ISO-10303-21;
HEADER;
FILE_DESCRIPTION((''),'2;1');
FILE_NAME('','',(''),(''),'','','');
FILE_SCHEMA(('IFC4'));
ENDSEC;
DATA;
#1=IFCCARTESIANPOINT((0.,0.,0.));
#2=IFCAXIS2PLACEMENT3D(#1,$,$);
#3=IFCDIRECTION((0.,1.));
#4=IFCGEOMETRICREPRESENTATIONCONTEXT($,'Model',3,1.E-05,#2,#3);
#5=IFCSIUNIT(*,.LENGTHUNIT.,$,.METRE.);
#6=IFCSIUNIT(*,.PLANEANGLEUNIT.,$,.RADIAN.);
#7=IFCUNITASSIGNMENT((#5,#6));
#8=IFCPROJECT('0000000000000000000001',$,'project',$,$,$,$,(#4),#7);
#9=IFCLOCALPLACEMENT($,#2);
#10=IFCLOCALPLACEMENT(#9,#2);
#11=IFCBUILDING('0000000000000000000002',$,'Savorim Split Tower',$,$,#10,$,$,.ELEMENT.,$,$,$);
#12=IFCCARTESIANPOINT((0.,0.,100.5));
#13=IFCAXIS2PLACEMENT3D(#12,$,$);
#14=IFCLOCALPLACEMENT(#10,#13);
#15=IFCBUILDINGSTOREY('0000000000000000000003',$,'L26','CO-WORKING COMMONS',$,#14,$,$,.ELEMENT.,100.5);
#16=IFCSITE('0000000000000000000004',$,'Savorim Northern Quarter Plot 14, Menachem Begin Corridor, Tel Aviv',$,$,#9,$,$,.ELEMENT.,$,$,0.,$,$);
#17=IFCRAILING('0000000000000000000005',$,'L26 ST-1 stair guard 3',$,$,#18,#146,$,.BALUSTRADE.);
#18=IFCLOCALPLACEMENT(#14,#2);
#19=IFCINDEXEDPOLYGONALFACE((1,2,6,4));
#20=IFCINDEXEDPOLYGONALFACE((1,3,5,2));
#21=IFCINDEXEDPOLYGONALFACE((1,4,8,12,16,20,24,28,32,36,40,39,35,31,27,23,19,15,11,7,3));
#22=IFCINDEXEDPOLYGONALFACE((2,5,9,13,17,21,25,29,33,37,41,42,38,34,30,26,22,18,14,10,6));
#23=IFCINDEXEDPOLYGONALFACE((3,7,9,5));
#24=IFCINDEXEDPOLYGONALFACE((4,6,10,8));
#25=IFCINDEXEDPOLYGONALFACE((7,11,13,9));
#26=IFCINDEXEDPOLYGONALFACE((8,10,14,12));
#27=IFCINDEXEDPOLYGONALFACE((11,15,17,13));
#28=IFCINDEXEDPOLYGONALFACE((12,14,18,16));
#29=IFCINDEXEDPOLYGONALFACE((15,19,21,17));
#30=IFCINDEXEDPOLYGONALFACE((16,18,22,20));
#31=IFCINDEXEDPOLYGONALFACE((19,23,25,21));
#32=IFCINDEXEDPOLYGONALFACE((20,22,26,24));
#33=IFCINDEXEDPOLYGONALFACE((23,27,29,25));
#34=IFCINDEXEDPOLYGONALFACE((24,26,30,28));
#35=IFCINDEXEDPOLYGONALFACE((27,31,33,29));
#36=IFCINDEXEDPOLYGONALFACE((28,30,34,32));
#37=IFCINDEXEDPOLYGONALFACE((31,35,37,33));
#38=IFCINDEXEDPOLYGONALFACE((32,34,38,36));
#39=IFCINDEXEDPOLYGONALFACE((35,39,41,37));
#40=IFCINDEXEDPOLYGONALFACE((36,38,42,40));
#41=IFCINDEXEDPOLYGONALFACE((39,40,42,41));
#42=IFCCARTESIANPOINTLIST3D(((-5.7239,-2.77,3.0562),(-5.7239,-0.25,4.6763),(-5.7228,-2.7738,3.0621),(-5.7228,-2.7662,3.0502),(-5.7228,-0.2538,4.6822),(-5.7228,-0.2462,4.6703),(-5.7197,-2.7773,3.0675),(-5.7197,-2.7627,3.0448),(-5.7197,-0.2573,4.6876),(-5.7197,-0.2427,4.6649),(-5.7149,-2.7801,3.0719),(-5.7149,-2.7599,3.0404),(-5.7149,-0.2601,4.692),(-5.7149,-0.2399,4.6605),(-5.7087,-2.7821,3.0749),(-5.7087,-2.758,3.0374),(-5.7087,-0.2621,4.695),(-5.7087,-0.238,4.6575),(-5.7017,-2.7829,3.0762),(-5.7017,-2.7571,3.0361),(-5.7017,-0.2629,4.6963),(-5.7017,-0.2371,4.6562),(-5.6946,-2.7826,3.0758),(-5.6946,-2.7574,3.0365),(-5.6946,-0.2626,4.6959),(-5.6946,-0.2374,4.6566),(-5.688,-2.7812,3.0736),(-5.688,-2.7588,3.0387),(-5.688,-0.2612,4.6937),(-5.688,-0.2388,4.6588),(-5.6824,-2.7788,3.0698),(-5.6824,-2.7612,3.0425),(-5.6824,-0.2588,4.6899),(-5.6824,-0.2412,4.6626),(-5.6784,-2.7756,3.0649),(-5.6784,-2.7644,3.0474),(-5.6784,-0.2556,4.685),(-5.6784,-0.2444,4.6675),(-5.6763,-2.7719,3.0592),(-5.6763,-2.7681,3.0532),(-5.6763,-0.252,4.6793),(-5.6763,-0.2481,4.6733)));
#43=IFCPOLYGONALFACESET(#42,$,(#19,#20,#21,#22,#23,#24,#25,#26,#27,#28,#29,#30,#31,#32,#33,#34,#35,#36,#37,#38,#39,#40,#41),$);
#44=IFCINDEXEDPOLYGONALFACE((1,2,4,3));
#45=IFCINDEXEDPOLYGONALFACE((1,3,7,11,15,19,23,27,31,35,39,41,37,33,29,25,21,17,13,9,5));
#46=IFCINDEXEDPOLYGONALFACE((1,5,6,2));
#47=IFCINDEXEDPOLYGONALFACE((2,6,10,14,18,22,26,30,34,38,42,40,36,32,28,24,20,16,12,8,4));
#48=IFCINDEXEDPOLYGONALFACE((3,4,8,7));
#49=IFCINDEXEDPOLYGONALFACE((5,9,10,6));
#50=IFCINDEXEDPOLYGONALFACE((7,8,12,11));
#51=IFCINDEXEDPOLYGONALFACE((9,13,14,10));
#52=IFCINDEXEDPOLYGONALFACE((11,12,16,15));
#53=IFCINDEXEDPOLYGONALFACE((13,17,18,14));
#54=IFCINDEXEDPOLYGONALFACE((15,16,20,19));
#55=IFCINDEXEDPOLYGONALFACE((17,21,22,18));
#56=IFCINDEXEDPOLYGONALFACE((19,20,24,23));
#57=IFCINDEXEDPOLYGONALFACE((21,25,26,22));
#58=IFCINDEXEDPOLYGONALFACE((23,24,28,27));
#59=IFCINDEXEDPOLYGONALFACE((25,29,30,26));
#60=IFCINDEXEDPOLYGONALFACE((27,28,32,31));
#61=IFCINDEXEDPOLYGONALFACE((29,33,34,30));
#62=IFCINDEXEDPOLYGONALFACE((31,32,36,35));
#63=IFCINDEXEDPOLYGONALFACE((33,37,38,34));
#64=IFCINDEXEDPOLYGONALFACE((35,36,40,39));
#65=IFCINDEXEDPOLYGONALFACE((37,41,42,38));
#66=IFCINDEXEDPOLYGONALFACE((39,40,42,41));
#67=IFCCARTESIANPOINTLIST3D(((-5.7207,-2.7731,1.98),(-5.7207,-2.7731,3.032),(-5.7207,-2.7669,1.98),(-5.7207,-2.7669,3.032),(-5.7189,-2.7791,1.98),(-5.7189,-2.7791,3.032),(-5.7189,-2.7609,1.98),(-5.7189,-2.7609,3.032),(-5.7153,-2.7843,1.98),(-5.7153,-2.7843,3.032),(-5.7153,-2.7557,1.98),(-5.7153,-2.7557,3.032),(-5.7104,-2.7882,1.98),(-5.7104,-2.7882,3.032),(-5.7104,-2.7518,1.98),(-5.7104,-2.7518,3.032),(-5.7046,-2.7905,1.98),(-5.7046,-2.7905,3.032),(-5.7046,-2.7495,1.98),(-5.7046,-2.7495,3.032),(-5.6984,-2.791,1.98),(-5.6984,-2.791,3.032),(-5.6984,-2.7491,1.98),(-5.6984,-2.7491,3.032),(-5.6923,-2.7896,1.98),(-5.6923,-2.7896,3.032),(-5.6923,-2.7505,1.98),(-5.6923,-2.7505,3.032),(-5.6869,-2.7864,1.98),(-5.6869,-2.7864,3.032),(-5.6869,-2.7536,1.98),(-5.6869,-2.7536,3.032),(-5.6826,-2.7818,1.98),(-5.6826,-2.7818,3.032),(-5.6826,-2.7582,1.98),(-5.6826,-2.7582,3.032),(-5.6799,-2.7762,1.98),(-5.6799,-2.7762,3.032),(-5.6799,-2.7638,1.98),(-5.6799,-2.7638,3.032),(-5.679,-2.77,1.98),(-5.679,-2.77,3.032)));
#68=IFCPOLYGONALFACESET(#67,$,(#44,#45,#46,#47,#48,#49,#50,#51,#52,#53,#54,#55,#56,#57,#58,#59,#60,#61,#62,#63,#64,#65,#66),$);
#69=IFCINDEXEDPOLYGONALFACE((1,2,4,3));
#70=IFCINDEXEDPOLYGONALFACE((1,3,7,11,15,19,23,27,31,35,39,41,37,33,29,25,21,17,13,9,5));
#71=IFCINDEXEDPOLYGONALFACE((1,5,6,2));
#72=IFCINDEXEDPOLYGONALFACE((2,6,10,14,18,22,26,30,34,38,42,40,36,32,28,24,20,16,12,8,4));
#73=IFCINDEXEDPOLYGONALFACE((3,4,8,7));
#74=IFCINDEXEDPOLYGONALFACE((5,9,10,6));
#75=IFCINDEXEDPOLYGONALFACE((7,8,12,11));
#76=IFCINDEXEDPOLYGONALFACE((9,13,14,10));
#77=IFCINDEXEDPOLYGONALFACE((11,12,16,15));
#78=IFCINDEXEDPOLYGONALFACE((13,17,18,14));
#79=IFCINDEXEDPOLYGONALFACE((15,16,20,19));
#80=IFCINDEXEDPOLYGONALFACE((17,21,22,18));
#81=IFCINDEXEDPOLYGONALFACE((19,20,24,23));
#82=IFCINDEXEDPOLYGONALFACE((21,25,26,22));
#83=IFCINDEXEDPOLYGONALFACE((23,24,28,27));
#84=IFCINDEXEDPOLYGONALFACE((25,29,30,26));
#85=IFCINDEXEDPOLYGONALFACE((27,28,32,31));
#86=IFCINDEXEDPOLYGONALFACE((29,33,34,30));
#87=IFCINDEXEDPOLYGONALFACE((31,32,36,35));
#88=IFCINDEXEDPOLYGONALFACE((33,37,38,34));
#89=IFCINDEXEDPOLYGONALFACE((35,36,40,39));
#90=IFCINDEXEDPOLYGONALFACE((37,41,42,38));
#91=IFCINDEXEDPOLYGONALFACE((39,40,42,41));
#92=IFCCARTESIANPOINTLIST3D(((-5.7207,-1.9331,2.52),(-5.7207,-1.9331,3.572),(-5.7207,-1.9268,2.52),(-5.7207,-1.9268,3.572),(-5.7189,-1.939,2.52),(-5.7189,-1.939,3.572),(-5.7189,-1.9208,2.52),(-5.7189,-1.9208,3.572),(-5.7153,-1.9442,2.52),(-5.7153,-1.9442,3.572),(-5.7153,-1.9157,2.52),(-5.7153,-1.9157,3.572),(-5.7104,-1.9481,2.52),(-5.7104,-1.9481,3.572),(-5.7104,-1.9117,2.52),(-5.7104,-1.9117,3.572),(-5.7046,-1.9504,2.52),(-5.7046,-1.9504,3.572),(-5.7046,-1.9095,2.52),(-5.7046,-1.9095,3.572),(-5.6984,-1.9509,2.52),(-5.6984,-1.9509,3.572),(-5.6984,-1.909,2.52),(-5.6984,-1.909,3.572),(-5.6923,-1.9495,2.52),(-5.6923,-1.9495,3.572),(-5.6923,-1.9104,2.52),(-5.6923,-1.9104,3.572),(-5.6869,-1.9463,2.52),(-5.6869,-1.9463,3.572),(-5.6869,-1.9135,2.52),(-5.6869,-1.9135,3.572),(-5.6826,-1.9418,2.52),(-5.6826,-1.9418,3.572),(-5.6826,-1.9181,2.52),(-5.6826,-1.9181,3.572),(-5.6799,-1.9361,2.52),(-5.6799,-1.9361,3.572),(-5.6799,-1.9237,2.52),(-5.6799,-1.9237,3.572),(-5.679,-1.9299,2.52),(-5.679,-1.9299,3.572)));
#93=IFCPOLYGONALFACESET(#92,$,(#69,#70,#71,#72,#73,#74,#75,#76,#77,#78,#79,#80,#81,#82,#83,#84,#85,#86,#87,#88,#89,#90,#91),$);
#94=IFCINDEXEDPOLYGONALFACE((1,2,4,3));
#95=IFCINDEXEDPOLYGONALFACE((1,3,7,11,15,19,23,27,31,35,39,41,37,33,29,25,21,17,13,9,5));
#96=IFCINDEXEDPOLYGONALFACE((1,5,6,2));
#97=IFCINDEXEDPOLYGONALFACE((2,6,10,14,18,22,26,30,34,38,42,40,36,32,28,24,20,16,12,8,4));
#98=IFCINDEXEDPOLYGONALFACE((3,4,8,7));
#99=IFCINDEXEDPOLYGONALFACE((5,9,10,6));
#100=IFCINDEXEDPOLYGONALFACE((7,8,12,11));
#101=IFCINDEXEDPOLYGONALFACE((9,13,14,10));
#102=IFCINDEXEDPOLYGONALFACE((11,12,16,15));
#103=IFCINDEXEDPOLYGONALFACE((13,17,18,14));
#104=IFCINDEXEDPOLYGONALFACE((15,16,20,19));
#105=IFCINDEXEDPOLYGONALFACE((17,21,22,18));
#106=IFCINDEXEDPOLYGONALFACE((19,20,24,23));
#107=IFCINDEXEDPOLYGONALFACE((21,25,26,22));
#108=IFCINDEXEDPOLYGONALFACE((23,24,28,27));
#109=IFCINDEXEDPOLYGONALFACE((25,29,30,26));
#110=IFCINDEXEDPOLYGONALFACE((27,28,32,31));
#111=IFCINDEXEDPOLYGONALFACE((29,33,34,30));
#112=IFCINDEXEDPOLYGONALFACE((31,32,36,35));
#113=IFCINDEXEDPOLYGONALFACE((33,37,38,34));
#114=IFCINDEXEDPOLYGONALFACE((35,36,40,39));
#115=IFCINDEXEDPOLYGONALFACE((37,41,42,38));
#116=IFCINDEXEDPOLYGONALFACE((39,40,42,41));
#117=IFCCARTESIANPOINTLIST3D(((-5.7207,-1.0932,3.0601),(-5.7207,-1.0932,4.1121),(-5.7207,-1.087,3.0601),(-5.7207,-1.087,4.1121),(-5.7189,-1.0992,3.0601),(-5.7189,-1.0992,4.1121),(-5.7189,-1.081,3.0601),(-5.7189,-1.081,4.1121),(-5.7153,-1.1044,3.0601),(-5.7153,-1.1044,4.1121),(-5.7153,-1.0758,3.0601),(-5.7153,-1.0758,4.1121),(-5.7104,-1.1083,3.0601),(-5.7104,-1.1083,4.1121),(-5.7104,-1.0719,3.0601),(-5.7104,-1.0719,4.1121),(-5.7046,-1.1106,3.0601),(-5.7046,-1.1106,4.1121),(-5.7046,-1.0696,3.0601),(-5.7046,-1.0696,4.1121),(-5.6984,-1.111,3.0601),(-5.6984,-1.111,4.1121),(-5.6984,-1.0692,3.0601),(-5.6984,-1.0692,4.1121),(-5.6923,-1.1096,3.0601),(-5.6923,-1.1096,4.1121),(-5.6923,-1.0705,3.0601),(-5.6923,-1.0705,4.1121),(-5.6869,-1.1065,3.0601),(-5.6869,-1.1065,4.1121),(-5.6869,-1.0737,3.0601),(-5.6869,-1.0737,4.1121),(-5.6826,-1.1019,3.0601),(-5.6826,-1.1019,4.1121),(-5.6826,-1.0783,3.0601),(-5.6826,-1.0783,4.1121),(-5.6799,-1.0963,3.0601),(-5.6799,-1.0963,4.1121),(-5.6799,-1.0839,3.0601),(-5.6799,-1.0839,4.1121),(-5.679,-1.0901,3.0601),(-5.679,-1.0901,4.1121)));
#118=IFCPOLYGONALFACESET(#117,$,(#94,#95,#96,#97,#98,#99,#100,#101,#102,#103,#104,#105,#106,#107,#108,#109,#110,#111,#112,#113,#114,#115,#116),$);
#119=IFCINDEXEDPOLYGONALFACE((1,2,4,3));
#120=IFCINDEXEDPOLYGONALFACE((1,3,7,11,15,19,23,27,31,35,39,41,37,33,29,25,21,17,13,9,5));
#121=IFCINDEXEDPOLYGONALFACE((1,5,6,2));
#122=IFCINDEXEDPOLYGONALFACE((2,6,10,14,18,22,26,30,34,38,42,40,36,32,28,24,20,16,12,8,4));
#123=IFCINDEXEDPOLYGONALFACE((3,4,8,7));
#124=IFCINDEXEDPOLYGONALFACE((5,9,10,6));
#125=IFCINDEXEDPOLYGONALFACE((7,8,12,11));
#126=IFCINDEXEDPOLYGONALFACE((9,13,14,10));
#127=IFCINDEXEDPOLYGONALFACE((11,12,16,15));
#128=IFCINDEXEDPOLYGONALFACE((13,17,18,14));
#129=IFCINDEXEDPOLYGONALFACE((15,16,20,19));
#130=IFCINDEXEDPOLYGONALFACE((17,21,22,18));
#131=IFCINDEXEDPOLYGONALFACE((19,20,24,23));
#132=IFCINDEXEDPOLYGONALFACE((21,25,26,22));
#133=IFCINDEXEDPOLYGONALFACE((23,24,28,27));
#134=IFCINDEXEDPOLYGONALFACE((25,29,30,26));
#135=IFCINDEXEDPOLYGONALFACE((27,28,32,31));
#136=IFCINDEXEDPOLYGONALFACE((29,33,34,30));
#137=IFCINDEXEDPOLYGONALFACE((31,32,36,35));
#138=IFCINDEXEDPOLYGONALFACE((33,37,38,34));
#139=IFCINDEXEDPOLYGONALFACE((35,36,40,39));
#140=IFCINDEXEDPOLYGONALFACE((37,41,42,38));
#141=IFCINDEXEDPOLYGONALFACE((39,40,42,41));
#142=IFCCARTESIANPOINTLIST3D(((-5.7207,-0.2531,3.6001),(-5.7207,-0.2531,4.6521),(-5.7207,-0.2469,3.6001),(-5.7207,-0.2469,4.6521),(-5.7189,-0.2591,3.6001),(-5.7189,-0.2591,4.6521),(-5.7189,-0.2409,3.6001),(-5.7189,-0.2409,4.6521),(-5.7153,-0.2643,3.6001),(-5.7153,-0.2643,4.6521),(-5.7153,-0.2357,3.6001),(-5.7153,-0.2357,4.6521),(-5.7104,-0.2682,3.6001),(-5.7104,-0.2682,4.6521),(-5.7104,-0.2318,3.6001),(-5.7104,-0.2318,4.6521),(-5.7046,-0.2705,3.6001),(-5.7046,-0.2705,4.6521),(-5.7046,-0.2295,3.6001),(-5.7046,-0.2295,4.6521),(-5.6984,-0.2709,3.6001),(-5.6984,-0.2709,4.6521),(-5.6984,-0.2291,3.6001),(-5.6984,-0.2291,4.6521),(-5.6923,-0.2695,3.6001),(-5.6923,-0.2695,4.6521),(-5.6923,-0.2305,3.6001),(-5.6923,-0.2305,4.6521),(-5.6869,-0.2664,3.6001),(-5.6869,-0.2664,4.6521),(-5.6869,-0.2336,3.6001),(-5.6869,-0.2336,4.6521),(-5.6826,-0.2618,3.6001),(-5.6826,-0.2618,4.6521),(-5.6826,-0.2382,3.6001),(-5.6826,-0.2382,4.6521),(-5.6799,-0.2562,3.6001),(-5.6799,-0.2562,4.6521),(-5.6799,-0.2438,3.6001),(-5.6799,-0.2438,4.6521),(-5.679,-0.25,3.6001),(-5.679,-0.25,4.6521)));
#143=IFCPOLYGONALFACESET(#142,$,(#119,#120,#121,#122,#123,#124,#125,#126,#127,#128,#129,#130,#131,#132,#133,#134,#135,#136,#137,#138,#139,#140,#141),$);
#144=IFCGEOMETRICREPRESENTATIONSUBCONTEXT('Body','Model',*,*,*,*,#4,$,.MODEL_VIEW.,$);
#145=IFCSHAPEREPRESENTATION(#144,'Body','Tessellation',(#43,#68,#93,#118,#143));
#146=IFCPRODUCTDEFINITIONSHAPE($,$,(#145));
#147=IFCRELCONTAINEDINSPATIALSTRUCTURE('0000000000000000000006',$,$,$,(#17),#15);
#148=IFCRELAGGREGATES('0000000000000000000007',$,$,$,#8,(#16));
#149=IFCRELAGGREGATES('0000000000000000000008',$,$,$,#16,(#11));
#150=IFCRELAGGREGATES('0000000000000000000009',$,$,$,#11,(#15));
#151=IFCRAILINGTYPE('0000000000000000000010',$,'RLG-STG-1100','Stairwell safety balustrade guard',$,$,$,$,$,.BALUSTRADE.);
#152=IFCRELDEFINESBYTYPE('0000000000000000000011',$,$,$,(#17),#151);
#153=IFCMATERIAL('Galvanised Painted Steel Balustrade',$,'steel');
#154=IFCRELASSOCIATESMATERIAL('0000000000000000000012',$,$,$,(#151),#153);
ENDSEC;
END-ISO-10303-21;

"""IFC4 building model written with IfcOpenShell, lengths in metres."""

from ifc_helpers import new_model, si_unit, direction, frame, origin, origin_2d, place, context, subcontext, project, spatial, circle, extrude, material, type_object, element, save


model = new_model("IFC4")

# Units and contexts
model_context = context("Model", 3, precision=1e-05, world=origin(), true_north=direction((0.0, 1.0)))
body_context = subcontext(model_context, "Body", "Model", "MODEL_VIEW")
ifc_project = project(units=[si_unit("LENGTHUNIT", "METRE"), si_unit("PLANEANGLEUNIT", "RADIAN")], contexts=[model_context])

# Site, building, storey
site_placement = place(None, origin())
site = spatial("IfcSite", under=ifc_project, at=site_placement, Name="Savorim Northern Quarter Plot 14, Menachem Begin Corridor, Tel Aviv", CompositionType="ELEMENT", RefElevation=0.0)
building_placement = place(site_placement, origin())
building = spatial("IfcBuilding", under=site, at=building_placement, Name="Savorim Split Tower", CompositionType="ELEMENT")
storey_placement = place(building_placement, frame((0.0, 0.0, 100.5)))
storey = spatial("IfcBuildingStorey", under=building, at=storey_placement, Name="L26", Description="CO-WORKING COMMONS", CompositionType="ELEMENT", Elevation=100.5)

# Railing
ifc_material_1 = material(Name="Galvanised Painted Steel Balustrade", Category="steel")
railing_type_1 = type_object("IfcRailingType", Name="RLG-STG-1100", Description="Stairwell safety balustrade guard", PredefinedType="BALUSTRADE", material=ifc_material_1)
railing_1_placement = place(storey_placement, frame((-5.7, -2.77, 1.98)))
element("IfcRailing", 1, at=railing_1_placement, inside=storey, type_object=railing_type_1, Name="L26 ST-1 stair guard 3", PredefinedType="BALUSTRADE", context=body_context, shape_type="SweptSolid", body=[
    extrude(circle(Radius=0.0239, at=origin_2d()), frame((0.0, 0.0, 1.0762), z_axis=(0.0, 0.841163, 0.540782), x_axis=(-1.0, 0.0, 0.0)), (0.0, 0.0, 1.0), 2.9958),
    extrude(circle(Radius=0.021, at=origin_2d()), origin(), (0.0, 0.0, 1.0), 1.052),
    extrude(circle(Radius=0.021, at=origin_2d()), frame((0.0, 0.8401, 0.54)), (0.0, 0.0, 1.0), 1.052),
    extrude(circle(Radius=0.021, at=origin_2d()), frame((0.0, 1.6799, 1.0801)), (0.0, 0.0, 1.0), 1.052),
    extrude(circle(Radius=0.021, at=origin_2d()), frame((0.0, 2.52, 1.6201)), (0.0, 0.0, 1.0), 1.052),
])

save(model, "model.ifc")
